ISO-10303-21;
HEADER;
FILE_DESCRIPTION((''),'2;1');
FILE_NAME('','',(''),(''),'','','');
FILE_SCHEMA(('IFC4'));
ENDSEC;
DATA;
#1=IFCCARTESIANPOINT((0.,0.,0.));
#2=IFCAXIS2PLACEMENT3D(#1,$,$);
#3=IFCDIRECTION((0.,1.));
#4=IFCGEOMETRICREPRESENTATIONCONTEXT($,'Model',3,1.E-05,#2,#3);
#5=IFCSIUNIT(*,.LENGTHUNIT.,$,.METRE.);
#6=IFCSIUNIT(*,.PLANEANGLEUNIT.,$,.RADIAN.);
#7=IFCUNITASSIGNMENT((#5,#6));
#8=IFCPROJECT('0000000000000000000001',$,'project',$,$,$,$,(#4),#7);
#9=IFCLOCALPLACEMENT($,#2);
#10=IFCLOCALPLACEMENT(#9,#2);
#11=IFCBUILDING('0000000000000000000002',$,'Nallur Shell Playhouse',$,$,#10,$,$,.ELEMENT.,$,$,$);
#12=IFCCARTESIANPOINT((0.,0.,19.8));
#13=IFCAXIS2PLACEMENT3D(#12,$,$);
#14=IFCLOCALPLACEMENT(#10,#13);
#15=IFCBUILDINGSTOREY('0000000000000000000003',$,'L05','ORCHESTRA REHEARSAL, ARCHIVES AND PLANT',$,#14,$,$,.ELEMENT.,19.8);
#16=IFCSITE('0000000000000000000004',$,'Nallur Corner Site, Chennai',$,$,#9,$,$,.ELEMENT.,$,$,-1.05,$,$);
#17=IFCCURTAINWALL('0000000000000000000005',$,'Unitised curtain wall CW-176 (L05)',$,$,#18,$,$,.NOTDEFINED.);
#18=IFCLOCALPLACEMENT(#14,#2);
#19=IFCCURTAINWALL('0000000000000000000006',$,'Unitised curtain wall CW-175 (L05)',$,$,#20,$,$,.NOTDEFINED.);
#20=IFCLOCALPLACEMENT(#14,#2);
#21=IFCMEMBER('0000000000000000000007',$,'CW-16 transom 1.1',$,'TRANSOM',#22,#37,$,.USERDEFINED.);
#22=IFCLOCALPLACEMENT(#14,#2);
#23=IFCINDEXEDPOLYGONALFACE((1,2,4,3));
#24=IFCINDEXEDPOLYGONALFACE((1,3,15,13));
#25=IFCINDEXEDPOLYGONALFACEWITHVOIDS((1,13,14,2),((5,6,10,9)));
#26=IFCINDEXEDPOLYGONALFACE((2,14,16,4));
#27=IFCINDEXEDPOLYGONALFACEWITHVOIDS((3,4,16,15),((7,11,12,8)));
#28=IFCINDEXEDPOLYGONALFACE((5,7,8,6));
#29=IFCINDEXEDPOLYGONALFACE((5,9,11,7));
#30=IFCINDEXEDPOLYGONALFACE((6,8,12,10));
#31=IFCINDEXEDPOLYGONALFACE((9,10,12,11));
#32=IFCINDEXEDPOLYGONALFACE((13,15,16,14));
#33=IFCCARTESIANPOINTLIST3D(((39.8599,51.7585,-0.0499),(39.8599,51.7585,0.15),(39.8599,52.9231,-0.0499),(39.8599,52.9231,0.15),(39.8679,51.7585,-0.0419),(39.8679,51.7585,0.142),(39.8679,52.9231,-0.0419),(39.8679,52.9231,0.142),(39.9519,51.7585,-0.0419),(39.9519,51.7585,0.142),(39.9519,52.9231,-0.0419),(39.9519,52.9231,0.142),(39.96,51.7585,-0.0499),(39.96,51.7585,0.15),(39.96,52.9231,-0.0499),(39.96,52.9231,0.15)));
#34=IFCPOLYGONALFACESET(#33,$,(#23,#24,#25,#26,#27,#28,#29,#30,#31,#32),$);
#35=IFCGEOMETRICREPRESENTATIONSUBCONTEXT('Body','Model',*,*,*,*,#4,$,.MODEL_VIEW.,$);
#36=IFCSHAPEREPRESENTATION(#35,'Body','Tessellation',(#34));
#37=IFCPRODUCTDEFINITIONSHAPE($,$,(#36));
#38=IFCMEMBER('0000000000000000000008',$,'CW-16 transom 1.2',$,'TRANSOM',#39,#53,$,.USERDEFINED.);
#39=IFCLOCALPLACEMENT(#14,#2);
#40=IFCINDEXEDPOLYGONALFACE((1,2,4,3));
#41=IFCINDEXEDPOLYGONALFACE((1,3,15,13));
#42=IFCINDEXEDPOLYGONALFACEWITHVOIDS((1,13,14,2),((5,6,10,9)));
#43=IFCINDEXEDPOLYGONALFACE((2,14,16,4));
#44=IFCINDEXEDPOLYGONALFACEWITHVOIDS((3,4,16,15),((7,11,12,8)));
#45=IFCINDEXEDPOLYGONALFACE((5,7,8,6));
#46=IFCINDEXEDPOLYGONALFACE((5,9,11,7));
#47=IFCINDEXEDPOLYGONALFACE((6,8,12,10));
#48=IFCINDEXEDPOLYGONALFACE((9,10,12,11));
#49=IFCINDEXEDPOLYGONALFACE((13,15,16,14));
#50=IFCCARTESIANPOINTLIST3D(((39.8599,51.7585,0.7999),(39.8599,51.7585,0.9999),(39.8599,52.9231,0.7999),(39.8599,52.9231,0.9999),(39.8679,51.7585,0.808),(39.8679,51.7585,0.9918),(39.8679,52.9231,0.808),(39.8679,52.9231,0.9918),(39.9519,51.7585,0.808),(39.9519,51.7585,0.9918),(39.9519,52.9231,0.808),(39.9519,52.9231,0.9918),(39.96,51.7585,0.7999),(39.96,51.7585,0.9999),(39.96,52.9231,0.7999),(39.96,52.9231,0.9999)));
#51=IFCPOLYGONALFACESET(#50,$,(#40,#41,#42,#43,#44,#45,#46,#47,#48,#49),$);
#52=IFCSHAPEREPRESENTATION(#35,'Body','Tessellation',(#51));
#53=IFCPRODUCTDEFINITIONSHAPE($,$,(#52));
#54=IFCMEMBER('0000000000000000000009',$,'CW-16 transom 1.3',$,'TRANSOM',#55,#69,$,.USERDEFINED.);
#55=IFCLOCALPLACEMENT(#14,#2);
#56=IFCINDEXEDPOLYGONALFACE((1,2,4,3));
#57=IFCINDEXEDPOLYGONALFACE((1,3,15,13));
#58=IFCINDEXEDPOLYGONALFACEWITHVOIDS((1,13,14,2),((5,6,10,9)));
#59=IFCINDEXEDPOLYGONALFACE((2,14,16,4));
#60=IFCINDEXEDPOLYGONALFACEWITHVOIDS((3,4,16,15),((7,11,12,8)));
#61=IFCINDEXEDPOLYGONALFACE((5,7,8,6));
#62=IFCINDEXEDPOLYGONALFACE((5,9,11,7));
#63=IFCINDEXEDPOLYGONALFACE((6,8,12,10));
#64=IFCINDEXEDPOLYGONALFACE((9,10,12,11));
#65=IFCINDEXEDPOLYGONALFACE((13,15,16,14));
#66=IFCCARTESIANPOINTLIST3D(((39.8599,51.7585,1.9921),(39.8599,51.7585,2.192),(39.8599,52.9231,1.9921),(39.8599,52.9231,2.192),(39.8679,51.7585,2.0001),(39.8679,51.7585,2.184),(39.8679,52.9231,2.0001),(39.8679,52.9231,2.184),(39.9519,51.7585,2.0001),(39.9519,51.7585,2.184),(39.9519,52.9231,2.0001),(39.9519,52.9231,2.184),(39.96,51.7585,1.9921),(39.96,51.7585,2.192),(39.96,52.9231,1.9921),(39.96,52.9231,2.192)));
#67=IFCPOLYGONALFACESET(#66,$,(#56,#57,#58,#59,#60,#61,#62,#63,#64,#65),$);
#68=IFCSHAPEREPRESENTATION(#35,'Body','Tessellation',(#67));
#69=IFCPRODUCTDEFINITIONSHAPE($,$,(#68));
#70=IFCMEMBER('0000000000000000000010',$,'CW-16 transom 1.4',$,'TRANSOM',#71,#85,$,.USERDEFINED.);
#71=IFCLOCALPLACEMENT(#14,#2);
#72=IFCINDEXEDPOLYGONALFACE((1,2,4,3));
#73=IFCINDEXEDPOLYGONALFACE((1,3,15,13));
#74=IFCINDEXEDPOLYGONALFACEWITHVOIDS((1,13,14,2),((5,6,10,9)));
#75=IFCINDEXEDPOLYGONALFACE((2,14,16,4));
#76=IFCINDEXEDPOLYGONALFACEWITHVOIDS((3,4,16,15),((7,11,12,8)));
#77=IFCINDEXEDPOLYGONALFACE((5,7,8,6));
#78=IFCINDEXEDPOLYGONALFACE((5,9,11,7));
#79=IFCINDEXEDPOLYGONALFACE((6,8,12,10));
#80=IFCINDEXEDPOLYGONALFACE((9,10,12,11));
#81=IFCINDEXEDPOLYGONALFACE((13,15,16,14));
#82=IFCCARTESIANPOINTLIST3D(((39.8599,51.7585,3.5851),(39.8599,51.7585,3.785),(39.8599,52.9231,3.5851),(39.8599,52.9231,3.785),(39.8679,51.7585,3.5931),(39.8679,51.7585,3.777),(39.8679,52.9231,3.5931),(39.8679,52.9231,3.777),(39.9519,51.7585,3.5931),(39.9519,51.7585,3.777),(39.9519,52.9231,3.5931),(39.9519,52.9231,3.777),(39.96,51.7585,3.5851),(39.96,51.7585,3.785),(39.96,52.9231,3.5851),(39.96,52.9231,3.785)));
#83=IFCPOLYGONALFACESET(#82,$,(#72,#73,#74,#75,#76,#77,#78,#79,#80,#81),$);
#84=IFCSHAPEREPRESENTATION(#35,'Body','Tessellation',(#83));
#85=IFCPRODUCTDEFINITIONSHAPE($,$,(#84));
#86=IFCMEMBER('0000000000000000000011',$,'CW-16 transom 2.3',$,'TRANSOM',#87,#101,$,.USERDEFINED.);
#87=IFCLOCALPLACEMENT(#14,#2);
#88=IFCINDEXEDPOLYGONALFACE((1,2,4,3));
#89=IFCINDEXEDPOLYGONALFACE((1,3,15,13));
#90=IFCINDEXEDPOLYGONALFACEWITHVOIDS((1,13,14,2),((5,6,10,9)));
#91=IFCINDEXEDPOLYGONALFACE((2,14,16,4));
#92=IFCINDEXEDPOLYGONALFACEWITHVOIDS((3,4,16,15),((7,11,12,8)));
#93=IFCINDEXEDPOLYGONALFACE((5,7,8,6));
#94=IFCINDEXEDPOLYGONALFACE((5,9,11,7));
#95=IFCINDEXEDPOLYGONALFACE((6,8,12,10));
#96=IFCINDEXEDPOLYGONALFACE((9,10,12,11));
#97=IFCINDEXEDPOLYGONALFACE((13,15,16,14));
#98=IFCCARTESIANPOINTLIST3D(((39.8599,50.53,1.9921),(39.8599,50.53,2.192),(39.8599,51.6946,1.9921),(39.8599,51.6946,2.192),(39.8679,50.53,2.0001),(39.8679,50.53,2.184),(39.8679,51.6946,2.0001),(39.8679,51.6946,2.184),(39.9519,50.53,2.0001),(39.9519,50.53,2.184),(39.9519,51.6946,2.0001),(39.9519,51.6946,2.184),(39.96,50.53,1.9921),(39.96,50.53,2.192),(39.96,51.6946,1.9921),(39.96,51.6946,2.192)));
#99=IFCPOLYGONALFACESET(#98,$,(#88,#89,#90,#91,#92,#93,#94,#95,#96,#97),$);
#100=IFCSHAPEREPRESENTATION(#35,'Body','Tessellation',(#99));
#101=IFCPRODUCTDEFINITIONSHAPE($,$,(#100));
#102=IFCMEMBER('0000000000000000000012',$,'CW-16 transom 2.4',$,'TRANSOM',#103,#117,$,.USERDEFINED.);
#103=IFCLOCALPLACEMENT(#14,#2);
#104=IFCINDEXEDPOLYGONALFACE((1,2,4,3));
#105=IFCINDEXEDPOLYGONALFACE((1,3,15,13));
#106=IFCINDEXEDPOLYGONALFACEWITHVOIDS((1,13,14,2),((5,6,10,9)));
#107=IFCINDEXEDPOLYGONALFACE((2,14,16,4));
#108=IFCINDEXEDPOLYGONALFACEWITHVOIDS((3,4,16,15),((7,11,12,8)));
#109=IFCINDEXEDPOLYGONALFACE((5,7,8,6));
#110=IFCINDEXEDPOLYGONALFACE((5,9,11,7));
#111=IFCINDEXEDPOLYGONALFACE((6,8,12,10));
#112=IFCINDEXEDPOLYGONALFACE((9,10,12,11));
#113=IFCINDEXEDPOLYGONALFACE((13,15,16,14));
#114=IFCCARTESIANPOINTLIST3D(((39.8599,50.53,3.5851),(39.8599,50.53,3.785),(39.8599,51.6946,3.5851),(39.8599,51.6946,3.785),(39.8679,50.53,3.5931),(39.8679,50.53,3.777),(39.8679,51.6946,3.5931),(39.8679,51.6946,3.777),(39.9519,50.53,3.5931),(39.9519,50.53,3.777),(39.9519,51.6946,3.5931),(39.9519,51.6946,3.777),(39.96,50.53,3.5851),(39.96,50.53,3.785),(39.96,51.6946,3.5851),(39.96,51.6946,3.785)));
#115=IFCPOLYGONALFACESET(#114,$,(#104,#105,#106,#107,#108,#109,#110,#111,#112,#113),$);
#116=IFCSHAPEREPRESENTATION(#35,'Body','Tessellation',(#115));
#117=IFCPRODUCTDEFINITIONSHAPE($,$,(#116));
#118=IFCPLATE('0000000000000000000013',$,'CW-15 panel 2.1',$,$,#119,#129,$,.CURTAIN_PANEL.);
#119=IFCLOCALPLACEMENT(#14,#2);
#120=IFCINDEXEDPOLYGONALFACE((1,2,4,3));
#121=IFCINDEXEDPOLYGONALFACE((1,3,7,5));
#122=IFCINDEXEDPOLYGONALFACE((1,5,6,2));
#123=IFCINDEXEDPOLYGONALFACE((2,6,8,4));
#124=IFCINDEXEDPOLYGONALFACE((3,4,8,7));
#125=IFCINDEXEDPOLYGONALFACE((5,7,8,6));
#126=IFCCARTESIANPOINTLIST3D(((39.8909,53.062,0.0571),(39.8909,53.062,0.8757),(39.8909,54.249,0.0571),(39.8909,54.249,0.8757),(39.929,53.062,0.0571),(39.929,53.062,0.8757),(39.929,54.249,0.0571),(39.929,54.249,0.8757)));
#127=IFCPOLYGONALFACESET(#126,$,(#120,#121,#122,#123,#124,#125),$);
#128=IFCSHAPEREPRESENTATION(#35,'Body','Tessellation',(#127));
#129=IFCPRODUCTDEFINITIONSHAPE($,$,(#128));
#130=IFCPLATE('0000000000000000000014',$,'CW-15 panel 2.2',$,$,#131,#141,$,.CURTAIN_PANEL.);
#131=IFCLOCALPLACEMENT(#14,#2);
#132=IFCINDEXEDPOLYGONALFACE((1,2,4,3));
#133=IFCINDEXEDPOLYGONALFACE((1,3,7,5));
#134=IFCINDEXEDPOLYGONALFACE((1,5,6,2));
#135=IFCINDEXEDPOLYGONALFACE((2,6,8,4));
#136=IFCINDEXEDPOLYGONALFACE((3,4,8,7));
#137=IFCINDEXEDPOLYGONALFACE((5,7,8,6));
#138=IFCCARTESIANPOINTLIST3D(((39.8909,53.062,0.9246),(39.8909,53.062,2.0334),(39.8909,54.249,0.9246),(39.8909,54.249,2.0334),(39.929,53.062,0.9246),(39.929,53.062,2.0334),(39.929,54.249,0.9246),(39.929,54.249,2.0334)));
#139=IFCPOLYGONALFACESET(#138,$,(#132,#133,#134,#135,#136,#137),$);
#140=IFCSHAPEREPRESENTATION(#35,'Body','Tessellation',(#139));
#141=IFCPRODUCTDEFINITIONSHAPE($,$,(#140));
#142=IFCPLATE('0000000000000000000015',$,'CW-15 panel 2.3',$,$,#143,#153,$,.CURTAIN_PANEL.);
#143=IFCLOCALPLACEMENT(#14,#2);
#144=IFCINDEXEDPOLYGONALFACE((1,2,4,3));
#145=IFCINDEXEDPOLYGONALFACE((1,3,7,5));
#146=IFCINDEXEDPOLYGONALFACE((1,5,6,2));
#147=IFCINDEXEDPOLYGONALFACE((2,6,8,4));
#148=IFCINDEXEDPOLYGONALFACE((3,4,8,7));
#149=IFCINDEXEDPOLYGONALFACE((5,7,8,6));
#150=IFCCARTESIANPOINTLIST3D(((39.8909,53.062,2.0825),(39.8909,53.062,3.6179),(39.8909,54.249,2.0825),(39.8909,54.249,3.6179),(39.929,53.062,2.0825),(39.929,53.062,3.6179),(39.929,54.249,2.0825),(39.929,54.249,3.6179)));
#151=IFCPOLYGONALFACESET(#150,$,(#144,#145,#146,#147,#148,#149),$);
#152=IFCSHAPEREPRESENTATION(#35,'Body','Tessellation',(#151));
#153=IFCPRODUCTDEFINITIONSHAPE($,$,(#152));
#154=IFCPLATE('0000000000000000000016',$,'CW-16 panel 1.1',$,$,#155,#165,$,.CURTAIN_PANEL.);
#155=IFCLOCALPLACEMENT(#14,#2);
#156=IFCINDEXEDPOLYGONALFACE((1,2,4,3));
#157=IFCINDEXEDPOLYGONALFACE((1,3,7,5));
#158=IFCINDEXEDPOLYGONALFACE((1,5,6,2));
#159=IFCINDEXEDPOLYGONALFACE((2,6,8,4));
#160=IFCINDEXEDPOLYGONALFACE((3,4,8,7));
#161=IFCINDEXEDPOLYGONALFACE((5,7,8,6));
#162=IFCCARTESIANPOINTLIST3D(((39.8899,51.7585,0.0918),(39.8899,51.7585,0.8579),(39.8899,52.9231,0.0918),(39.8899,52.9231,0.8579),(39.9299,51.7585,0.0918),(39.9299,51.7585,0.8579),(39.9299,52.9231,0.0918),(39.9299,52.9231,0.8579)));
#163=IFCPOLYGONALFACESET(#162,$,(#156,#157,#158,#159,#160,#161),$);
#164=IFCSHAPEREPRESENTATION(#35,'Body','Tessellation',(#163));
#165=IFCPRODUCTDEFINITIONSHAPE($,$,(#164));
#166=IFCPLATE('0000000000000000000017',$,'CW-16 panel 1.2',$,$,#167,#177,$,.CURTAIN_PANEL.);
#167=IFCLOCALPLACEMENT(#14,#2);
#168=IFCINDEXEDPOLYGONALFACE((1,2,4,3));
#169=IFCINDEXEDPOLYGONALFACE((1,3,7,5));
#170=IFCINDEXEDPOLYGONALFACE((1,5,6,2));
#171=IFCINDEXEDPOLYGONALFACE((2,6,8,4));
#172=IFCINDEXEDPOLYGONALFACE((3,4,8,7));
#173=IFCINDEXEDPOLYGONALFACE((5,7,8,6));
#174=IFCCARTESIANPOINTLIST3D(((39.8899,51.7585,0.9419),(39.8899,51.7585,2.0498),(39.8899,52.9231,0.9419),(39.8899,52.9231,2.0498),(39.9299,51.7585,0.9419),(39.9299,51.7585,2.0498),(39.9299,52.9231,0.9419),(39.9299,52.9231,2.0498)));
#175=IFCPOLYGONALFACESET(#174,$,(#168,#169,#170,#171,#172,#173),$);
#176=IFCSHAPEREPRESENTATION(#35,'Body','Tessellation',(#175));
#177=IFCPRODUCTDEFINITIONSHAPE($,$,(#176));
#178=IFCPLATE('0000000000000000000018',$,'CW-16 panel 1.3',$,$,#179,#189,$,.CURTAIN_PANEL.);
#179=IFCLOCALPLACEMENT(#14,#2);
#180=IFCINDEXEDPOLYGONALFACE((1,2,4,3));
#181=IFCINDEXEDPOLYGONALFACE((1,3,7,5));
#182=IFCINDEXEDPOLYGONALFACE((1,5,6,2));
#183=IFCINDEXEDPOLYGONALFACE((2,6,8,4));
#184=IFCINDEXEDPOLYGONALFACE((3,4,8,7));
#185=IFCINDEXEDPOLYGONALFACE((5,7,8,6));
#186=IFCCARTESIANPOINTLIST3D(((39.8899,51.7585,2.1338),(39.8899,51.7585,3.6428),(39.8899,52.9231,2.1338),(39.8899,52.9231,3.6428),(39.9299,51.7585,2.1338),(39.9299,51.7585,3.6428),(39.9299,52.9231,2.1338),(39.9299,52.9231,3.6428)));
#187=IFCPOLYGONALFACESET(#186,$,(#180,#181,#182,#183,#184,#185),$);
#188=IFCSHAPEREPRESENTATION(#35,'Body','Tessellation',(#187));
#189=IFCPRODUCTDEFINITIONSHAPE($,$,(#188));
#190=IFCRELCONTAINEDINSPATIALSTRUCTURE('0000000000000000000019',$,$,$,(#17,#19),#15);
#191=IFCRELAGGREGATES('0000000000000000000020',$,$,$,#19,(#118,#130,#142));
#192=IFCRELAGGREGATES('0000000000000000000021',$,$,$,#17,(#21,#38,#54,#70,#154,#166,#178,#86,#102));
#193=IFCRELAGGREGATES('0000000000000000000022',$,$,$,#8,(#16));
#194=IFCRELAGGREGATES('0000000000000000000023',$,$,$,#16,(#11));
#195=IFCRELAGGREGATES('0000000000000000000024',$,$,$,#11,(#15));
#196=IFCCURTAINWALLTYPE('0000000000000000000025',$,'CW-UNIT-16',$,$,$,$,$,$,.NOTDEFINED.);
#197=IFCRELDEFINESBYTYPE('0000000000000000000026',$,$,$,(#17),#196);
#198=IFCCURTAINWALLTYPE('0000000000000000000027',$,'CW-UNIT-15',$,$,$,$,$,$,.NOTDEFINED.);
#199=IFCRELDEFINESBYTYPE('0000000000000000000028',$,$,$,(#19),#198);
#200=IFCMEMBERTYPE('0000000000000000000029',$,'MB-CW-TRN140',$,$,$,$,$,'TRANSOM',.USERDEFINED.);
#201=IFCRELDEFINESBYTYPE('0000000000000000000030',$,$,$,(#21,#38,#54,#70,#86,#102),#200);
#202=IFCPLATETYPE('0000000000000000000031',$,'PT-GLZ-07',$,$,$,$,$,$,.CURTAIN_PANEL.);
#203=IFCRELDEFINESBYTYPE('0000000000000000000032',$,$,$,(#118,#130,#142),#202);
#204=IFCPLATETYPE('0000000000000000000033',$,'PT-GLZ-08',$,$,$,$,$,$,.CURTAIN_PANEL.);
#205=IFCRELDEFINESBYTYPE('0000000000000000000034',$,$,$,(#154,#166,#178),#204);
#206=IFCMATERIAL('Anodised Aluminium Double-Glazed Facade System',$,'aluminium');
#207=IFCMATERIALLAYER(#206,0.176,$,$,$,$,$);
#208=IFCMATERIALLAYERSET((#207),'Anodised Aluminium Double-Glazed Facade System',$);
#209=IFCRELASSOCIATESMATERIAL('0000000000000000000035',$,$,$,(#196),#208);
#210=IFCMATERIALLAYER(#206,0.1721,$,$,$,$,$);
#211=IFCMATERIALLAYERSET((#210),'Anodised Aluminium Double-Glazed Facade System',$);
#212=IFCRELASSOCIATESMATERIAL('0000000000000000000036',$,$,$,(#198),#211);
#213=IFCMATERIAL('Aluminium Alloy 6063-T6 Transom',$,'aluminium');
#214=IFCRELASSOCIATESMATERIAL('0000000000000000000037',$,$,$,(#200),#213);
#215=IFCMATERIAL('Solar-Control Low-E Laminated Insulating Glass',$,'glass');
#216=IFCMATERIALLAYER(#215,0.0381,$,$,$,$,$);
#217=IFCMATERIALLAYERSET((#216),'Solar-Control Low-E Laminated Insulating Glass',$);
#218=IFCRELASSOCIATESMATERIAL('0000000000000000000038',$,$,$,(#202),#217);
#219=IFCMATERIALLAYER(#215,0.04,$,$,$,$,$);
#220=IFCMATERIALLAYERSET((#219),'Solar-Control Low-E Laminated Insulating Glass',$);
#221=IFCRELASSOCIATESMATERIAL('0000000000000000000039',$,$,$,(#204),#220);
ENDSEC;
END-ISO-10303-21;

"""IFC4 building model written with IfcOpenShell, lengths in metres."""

from ifc_helpers import new_model, si_unit, direction, frame, origin, origin_2d, place, context, subcontext, project, spatial, rectangle, hollow_rectangle, extrude, material, layer, layer_set, material_profile, profile_set, type_object, element, aggregate, save


model = new_model("IFC4")

# Units and contexts
model_context = context("Model", 3, precision=1e-05, world=origin(), true_north=direction((0.0, 1.0)))
body_context = subcontext(model_context, "Body", "Model", "MODEL_VIEW")
ifc_project = project(units=[si_unit("LENGTHUNIT", "METRE"), si_unit("PLANEANGLEUNIT", "RADIAN")], contexts=[model_context])

# Site, building, storey
site_placement = place(None, origin())
site = spatial("IfcSite", under=ifc_project, at=site_placement, Name="Nallur Corner Site, Chennai", CompositionType="ELEMENT", RefElevation=-1.05)
building_placement = place(site_placement, origin())
building = spatial("IfcBuilding", under=site, at=building_placement, Name="Nallur Shell Playhouse", CompositionType="ELEMENT")
storey_placement = place(building_placement, frame((0.0, 0.0, 19.8)))
storey = spatial("IfcBuildingStorey", under=building, at=storey_placement, Name="L05", Description="ORCHESTRA REHEARSAL, ARCHIVES AND PLANT", CompositionType="ELEMENT", Elevation=19.8)

# Curtain walls
ifc_material_1 = material(Name="Anodised Aluminium Double-Glazed Facade System", Category="aluminium")
ifc_layer_1 = layer(ifc_material_1, 0.176)
ifc_layer_set_1 = layer_set([ifc_layer_1], Name="Anodised Aluminium Double-Glazed Facade System")
curtain_wall_type_1 = type_object("IfcCurtainWallType", Name="CW-UNIT-16", PredefinedType="NOTDEFINED", material=ifc_layer_set_1)
curtain_wall_1_placement = place(storey_placement, origin())
curtain_wall_1 = element("IfcCurtainWall", 1, at=curtain_wall_1_placement, inside=storey, type_object=curtain_wall_type_1, Name="Unitised curtain wall CW-176 (L05)", PredefinedType="NOTDEFINED")
ifc_layer_2 = layer(ifc_material_1, 0.1721)
ifc_layer_set_2 = layer_set([ifc_layer_2], Name="Anodised Aluminium Double-Glazed Facade System")
curtain_wall_type_2 = type_object("IfcCurtainWallType", Name="CW-UNIT-15", PredefinedType="NOTDEFINED", material=ifc_layer_set_2)
curtain_wall_2_placement = place(storey_placement, origin())
curtain_wall_2 = element("IfcCurtainWall", 2, at=curtain_wall_2_placement, inside=storey, type_object=curtain_wall_type_2, Name="Unitised curtain wall CW-175 (L05)", PredefinedType="NOTDEFINED")
ifc_material_2 = material(Name="Aluminium Alloy 6063-T6 Transom", Category="aluminium")

# Members
ifc_material_profile_1 = material_profile(ifc_material_2, hollow_rectangle(XDim=0.1001, YDim=0.2, WallThickness=0.0081, at=origin_2d()), Name="RHS 200x100x8")
ifc_profile_set_1 = profile_set([ifc_material_profile_1], Name="Aluminium Alloy 6063-T6 Transom")
member_type_1 = type_object("IfcMemberType", Name="MB-CW-TRN140", ElementType="TRANSOM", PredefinedType="USERDEFINED", material=ifc_profile_set_1)
member_1_placement = place(storey_placement, frame((39.9099, 52.9231, 0.05), z_axis=(0.0, -1.0, 0.0), x_axis=(1.0, 0.0, 0.0)))
member_1 = element("IfcMember", 3, at=member_1_placement, type_object=member_type_1, Name="CW-16 transom 1.1", ObjectType="TRANSOM", PredefinedType="USERDEFINED", context=body_context, shape_type="SweptSolid", body=[
    extrude(hollow_rectangle(XDim=0.1001, YDim=0.2, WallThickness=0.0081, at=origin_2d()), origin(), (0.0, 0.0, 1.0), 1.1646),
])
member_2_placement = place(storey_placement, frame((39.9099, 52.9231, 0.8999), z_axis=(0.0, -1.0, 0.0), x_axis=(1.0, 0.0, 0.0)))
member_2 = element("IfcMember", 4, at=member_2_placement, type_object=member_type_1, Name="CW-16 transom 1.2", ObjectType="TRANSOM", PredefinedType="USERDEFINED", context=body_context, shape_type="SweptSolid", body=[
    extrude(hollow_rectangle(XDim=0.1001, YDim=0.2, WallThickness=0.0081, at=origin_2d()), origin(), (0.0, 0.0, 1.0), 1.1646),
])
member_3_placement = place(storey_placement, frame((39.9099, 52.9231, 2.092), z_axis=(0.0, -1.0, 0.0), x_axis=(1.0, 0.0, 0.0)))
member_3 = element("IfcMember", 5, at=member_3_placement, type_object=member_type_1, Name="CW-16 transom 1.3", ObjectType="TRANSOM", PredefinedType="USERDEFINED", context=body_context, shape_type="SweptSolid", body=[
    extrude(hollow_rectangle(XDim=0.1001, YDim=0.2, WallThickness=0.0081, at=origin_2d()), origin(), (0.0, 0.0, 1.0), 1.1646),
])
member_4_placement = place(storey_placement, frame((39.9099, 52.9231, 3.6851), z_axis=(0.0, -1.0, 0.0), x_axis=(1.0, 0.0, 0.0)))
member_4 = element("IfcMember", 6, at=member_4_placement, type_object=member_type_1, Name="CW-16 transom 1.4", ObjectType="TRANSOM", PredefinedType="USERDEFINED", context=body_context, shape_type="SweptSolid", body=[
    extrude(hollow_rectangle(XDim=0.1001, YDim=0.2, WallThickness=0.0081, at=origin_2d()), origin(), (0.0, 0.0, 1.0), 1.1646),
])
member_5_placement = place(storey_placement, frame((39.9099, 51.6946, 2.092), z_axis=(0.0, -1.0, 0.0), x_axis=(1.0, 0.0, 0.0)))
member_5 = element("IfcMember", 7, at=member_5_placement, type_object=member_type_1, Name="CW-16 transom 2.3", ObjectType="TRANSOM", PredefinedType="USERDEFINED", context=body_context, shape_type="SweptSolid", body=[
    extrude(hollow_rectangle(XDim=0.1001, YDim=0.2, WallThickness=0.0081, at=origin_2d()), origin(), (0.0, 0.0, 1.0), 1.1646),
])
member_6_placement = place(storey_placement, frame((39.9099, 51.6946, 3.6851), z_axis=(0.0, -1.0, 0.0), x_axis=(1.0, 0.0, 0.0)))
member_6 = element("IfcMember", 8, at=member_6_placement, type_object=member_type_1, Name="CW-16 transom 2.4", ObjectType="TRANSOM", PredefinedType="USERDEFINED", context=body_context, shape_type="SweptSolid", body=[
    extrude(hollow_rectangle(XDim=0.1001, YDim=0.2, WallThickness=0.0081, at=origin_2d()), origin(), (0.0, 0.0, 1.0), 1.1646),
])

# Plates
ifc_material_3 = material(Name="Solar-Control Low-E Laminated Insulating Glass", Category="glass")
ifc_layer_3 = layer(ifc_material_3, 0.0381)
ifc_layer_set_3 = layer_set([ifc_layer_3], Name="Solar-Control Low-E Laminated Insulating Glass")
plate_type_1 = type_object("IfcPlateType", Name="PT-GLZ-07", PredefinedType="CURTAIN_PANEL", material=ifc_layer_set_3)
plate_1_placement = place(storey_placement, frame((39.9099, 53.6555, 0.0571), z_axis=(0.0, 0.0, 1.0), x_axis=(0.0, -1.0, 0.0)))
plate_1 = element("IfcPlate", 9, at=plate_1_placement, type_object=plate_type_1, Name="CW-15 panel 2.1", PredefinedType="CURTAIN_PANEL", context=body_context, shape_type="SweptSolid", body=[
    extrude(rectangle(XDim=1.187, YDim=0.0381, at=origin_2d()), origin(), (0.0, 0.0, 1.0), 0.8186),
])
plate_2_placement = place(storey_placement, frame((39.9099, 53.6555, 0.9246), z_axis=(0.0, 0.0, 1.0), x_axis=(0.0, -1.0, 0.0)))
plate_2 = element("IfcPlate", 10, at=plate_2_placement, type_object=plate_type_1, Name="CW-15 panel 2.2", PredefinedType="CURTAIN_PANEL", context=body_context, shape_type="SweptSolid", body=[
    extrude(rectangle(XDim=1.187, YDim=0.0381, at=origin_2d()), origin(), (0.0, 0.0, 1.0), 1.1089),
])
plate_3_placement = place(storey_placement, frame((39.9099, 53.6555, 2.0825), z_axis=(0.0, 0.0, 1.0), x_axis=(0.0, -1.0, 0.0)))
plate_3 = element("IfcPlate", 11, at=plate_3_placement, type_object=plate_type_1, Name="CW-15 panel 2.3", PredefinedType="CURTAIN_PANEL", context=body_context, shape_type="SweptSolid", body=[
    extrude(rectangle(XDim=1.187, YDim=0.0381, at=origin_2d()), origin(), (0.0, 0.0, 1.0), 1.5354),
])
aggregate(curtain_wall_2, [plate_1, plate_2, plate_3])
ifc_layer_4 = layer(ifc_material_3, 0.04)
ifc_layer_set_4 = layer_set([ifc_layer_4], Name="Solar-Control Low-E Laminated Insulating Glass")
plate_type_2 = type_object("IfcPlateType", Name="PT-GLZ-08", PredefinedType="CURTAIN_PANEL", material=ifc_layer_set_4)
plate_4_placement = place(storey_placement, frame((39.9099, 52.3408, 0.0918), z_axis=(0.0, 0.0, 1.0), x_axis=(0.0, -1.0, 0.0)))
plate_4 = element("IfcPlate", 12, at=plate_4_placement, type_object=plate_type_2, Name="CW-16 panel 1.1", PredefinedType="CURTAIN_PANEL", context=body_context, shape_type="SweptSolid", body=[
    extrude(rectangle(XDim=1.1646, YDim=0.04, at=origin_2d()), origin(), (0.0, 0.0, 1.0), 0.7661),
])
plate_5_placement = place(storey_placement, frame((39.9099, 52.3408, 0.9419), z_axis=(0.0, 0.0, 1.0), x_axis=(0.0, -1.0, 0.0)))
plate_5 = element("IfcPlate", 13, at=plate_5_placement, type_object=plate_type_2, Name="CW-16 panel 1.2", PredefinedType="CURTAIN_PANEL", context=body_context, shape_type="SweptSolid", body=[
    extrude(rectangle(XDim=1.1646, YDim=0.04, at=origin_2d()), origin(), (0.0, 0.0, 1.0), 1.1079),
])
plate_6_placement = place(storey_placement, frame((39.9099, 52.3408, 2.1338), z_axis=(0.0, 0.0, 1.0), x_axis=(0.0, -1.0, 0.0)))
plate_6 = element("IfcPlate", 14, at=plate_6_placement, type_object=plate_type_2, Name="CW-16 panel 1.3", PredefinedType="CURTAIN_PANEL", context=body_context, shape_type="SweptSolid", body=[
    extrude(rectangle(XDim=1.1646, YDim=0.04, at=origin_2d()), origin(), (0.0, 0.0, 1.0), 1.509),
])
aggregate(curtain_wall_1, [member_1, member_2, member_3, member_4, plate_4, plate_5, plate_6, member_5, member_6])

save(model, "model.ifc")
